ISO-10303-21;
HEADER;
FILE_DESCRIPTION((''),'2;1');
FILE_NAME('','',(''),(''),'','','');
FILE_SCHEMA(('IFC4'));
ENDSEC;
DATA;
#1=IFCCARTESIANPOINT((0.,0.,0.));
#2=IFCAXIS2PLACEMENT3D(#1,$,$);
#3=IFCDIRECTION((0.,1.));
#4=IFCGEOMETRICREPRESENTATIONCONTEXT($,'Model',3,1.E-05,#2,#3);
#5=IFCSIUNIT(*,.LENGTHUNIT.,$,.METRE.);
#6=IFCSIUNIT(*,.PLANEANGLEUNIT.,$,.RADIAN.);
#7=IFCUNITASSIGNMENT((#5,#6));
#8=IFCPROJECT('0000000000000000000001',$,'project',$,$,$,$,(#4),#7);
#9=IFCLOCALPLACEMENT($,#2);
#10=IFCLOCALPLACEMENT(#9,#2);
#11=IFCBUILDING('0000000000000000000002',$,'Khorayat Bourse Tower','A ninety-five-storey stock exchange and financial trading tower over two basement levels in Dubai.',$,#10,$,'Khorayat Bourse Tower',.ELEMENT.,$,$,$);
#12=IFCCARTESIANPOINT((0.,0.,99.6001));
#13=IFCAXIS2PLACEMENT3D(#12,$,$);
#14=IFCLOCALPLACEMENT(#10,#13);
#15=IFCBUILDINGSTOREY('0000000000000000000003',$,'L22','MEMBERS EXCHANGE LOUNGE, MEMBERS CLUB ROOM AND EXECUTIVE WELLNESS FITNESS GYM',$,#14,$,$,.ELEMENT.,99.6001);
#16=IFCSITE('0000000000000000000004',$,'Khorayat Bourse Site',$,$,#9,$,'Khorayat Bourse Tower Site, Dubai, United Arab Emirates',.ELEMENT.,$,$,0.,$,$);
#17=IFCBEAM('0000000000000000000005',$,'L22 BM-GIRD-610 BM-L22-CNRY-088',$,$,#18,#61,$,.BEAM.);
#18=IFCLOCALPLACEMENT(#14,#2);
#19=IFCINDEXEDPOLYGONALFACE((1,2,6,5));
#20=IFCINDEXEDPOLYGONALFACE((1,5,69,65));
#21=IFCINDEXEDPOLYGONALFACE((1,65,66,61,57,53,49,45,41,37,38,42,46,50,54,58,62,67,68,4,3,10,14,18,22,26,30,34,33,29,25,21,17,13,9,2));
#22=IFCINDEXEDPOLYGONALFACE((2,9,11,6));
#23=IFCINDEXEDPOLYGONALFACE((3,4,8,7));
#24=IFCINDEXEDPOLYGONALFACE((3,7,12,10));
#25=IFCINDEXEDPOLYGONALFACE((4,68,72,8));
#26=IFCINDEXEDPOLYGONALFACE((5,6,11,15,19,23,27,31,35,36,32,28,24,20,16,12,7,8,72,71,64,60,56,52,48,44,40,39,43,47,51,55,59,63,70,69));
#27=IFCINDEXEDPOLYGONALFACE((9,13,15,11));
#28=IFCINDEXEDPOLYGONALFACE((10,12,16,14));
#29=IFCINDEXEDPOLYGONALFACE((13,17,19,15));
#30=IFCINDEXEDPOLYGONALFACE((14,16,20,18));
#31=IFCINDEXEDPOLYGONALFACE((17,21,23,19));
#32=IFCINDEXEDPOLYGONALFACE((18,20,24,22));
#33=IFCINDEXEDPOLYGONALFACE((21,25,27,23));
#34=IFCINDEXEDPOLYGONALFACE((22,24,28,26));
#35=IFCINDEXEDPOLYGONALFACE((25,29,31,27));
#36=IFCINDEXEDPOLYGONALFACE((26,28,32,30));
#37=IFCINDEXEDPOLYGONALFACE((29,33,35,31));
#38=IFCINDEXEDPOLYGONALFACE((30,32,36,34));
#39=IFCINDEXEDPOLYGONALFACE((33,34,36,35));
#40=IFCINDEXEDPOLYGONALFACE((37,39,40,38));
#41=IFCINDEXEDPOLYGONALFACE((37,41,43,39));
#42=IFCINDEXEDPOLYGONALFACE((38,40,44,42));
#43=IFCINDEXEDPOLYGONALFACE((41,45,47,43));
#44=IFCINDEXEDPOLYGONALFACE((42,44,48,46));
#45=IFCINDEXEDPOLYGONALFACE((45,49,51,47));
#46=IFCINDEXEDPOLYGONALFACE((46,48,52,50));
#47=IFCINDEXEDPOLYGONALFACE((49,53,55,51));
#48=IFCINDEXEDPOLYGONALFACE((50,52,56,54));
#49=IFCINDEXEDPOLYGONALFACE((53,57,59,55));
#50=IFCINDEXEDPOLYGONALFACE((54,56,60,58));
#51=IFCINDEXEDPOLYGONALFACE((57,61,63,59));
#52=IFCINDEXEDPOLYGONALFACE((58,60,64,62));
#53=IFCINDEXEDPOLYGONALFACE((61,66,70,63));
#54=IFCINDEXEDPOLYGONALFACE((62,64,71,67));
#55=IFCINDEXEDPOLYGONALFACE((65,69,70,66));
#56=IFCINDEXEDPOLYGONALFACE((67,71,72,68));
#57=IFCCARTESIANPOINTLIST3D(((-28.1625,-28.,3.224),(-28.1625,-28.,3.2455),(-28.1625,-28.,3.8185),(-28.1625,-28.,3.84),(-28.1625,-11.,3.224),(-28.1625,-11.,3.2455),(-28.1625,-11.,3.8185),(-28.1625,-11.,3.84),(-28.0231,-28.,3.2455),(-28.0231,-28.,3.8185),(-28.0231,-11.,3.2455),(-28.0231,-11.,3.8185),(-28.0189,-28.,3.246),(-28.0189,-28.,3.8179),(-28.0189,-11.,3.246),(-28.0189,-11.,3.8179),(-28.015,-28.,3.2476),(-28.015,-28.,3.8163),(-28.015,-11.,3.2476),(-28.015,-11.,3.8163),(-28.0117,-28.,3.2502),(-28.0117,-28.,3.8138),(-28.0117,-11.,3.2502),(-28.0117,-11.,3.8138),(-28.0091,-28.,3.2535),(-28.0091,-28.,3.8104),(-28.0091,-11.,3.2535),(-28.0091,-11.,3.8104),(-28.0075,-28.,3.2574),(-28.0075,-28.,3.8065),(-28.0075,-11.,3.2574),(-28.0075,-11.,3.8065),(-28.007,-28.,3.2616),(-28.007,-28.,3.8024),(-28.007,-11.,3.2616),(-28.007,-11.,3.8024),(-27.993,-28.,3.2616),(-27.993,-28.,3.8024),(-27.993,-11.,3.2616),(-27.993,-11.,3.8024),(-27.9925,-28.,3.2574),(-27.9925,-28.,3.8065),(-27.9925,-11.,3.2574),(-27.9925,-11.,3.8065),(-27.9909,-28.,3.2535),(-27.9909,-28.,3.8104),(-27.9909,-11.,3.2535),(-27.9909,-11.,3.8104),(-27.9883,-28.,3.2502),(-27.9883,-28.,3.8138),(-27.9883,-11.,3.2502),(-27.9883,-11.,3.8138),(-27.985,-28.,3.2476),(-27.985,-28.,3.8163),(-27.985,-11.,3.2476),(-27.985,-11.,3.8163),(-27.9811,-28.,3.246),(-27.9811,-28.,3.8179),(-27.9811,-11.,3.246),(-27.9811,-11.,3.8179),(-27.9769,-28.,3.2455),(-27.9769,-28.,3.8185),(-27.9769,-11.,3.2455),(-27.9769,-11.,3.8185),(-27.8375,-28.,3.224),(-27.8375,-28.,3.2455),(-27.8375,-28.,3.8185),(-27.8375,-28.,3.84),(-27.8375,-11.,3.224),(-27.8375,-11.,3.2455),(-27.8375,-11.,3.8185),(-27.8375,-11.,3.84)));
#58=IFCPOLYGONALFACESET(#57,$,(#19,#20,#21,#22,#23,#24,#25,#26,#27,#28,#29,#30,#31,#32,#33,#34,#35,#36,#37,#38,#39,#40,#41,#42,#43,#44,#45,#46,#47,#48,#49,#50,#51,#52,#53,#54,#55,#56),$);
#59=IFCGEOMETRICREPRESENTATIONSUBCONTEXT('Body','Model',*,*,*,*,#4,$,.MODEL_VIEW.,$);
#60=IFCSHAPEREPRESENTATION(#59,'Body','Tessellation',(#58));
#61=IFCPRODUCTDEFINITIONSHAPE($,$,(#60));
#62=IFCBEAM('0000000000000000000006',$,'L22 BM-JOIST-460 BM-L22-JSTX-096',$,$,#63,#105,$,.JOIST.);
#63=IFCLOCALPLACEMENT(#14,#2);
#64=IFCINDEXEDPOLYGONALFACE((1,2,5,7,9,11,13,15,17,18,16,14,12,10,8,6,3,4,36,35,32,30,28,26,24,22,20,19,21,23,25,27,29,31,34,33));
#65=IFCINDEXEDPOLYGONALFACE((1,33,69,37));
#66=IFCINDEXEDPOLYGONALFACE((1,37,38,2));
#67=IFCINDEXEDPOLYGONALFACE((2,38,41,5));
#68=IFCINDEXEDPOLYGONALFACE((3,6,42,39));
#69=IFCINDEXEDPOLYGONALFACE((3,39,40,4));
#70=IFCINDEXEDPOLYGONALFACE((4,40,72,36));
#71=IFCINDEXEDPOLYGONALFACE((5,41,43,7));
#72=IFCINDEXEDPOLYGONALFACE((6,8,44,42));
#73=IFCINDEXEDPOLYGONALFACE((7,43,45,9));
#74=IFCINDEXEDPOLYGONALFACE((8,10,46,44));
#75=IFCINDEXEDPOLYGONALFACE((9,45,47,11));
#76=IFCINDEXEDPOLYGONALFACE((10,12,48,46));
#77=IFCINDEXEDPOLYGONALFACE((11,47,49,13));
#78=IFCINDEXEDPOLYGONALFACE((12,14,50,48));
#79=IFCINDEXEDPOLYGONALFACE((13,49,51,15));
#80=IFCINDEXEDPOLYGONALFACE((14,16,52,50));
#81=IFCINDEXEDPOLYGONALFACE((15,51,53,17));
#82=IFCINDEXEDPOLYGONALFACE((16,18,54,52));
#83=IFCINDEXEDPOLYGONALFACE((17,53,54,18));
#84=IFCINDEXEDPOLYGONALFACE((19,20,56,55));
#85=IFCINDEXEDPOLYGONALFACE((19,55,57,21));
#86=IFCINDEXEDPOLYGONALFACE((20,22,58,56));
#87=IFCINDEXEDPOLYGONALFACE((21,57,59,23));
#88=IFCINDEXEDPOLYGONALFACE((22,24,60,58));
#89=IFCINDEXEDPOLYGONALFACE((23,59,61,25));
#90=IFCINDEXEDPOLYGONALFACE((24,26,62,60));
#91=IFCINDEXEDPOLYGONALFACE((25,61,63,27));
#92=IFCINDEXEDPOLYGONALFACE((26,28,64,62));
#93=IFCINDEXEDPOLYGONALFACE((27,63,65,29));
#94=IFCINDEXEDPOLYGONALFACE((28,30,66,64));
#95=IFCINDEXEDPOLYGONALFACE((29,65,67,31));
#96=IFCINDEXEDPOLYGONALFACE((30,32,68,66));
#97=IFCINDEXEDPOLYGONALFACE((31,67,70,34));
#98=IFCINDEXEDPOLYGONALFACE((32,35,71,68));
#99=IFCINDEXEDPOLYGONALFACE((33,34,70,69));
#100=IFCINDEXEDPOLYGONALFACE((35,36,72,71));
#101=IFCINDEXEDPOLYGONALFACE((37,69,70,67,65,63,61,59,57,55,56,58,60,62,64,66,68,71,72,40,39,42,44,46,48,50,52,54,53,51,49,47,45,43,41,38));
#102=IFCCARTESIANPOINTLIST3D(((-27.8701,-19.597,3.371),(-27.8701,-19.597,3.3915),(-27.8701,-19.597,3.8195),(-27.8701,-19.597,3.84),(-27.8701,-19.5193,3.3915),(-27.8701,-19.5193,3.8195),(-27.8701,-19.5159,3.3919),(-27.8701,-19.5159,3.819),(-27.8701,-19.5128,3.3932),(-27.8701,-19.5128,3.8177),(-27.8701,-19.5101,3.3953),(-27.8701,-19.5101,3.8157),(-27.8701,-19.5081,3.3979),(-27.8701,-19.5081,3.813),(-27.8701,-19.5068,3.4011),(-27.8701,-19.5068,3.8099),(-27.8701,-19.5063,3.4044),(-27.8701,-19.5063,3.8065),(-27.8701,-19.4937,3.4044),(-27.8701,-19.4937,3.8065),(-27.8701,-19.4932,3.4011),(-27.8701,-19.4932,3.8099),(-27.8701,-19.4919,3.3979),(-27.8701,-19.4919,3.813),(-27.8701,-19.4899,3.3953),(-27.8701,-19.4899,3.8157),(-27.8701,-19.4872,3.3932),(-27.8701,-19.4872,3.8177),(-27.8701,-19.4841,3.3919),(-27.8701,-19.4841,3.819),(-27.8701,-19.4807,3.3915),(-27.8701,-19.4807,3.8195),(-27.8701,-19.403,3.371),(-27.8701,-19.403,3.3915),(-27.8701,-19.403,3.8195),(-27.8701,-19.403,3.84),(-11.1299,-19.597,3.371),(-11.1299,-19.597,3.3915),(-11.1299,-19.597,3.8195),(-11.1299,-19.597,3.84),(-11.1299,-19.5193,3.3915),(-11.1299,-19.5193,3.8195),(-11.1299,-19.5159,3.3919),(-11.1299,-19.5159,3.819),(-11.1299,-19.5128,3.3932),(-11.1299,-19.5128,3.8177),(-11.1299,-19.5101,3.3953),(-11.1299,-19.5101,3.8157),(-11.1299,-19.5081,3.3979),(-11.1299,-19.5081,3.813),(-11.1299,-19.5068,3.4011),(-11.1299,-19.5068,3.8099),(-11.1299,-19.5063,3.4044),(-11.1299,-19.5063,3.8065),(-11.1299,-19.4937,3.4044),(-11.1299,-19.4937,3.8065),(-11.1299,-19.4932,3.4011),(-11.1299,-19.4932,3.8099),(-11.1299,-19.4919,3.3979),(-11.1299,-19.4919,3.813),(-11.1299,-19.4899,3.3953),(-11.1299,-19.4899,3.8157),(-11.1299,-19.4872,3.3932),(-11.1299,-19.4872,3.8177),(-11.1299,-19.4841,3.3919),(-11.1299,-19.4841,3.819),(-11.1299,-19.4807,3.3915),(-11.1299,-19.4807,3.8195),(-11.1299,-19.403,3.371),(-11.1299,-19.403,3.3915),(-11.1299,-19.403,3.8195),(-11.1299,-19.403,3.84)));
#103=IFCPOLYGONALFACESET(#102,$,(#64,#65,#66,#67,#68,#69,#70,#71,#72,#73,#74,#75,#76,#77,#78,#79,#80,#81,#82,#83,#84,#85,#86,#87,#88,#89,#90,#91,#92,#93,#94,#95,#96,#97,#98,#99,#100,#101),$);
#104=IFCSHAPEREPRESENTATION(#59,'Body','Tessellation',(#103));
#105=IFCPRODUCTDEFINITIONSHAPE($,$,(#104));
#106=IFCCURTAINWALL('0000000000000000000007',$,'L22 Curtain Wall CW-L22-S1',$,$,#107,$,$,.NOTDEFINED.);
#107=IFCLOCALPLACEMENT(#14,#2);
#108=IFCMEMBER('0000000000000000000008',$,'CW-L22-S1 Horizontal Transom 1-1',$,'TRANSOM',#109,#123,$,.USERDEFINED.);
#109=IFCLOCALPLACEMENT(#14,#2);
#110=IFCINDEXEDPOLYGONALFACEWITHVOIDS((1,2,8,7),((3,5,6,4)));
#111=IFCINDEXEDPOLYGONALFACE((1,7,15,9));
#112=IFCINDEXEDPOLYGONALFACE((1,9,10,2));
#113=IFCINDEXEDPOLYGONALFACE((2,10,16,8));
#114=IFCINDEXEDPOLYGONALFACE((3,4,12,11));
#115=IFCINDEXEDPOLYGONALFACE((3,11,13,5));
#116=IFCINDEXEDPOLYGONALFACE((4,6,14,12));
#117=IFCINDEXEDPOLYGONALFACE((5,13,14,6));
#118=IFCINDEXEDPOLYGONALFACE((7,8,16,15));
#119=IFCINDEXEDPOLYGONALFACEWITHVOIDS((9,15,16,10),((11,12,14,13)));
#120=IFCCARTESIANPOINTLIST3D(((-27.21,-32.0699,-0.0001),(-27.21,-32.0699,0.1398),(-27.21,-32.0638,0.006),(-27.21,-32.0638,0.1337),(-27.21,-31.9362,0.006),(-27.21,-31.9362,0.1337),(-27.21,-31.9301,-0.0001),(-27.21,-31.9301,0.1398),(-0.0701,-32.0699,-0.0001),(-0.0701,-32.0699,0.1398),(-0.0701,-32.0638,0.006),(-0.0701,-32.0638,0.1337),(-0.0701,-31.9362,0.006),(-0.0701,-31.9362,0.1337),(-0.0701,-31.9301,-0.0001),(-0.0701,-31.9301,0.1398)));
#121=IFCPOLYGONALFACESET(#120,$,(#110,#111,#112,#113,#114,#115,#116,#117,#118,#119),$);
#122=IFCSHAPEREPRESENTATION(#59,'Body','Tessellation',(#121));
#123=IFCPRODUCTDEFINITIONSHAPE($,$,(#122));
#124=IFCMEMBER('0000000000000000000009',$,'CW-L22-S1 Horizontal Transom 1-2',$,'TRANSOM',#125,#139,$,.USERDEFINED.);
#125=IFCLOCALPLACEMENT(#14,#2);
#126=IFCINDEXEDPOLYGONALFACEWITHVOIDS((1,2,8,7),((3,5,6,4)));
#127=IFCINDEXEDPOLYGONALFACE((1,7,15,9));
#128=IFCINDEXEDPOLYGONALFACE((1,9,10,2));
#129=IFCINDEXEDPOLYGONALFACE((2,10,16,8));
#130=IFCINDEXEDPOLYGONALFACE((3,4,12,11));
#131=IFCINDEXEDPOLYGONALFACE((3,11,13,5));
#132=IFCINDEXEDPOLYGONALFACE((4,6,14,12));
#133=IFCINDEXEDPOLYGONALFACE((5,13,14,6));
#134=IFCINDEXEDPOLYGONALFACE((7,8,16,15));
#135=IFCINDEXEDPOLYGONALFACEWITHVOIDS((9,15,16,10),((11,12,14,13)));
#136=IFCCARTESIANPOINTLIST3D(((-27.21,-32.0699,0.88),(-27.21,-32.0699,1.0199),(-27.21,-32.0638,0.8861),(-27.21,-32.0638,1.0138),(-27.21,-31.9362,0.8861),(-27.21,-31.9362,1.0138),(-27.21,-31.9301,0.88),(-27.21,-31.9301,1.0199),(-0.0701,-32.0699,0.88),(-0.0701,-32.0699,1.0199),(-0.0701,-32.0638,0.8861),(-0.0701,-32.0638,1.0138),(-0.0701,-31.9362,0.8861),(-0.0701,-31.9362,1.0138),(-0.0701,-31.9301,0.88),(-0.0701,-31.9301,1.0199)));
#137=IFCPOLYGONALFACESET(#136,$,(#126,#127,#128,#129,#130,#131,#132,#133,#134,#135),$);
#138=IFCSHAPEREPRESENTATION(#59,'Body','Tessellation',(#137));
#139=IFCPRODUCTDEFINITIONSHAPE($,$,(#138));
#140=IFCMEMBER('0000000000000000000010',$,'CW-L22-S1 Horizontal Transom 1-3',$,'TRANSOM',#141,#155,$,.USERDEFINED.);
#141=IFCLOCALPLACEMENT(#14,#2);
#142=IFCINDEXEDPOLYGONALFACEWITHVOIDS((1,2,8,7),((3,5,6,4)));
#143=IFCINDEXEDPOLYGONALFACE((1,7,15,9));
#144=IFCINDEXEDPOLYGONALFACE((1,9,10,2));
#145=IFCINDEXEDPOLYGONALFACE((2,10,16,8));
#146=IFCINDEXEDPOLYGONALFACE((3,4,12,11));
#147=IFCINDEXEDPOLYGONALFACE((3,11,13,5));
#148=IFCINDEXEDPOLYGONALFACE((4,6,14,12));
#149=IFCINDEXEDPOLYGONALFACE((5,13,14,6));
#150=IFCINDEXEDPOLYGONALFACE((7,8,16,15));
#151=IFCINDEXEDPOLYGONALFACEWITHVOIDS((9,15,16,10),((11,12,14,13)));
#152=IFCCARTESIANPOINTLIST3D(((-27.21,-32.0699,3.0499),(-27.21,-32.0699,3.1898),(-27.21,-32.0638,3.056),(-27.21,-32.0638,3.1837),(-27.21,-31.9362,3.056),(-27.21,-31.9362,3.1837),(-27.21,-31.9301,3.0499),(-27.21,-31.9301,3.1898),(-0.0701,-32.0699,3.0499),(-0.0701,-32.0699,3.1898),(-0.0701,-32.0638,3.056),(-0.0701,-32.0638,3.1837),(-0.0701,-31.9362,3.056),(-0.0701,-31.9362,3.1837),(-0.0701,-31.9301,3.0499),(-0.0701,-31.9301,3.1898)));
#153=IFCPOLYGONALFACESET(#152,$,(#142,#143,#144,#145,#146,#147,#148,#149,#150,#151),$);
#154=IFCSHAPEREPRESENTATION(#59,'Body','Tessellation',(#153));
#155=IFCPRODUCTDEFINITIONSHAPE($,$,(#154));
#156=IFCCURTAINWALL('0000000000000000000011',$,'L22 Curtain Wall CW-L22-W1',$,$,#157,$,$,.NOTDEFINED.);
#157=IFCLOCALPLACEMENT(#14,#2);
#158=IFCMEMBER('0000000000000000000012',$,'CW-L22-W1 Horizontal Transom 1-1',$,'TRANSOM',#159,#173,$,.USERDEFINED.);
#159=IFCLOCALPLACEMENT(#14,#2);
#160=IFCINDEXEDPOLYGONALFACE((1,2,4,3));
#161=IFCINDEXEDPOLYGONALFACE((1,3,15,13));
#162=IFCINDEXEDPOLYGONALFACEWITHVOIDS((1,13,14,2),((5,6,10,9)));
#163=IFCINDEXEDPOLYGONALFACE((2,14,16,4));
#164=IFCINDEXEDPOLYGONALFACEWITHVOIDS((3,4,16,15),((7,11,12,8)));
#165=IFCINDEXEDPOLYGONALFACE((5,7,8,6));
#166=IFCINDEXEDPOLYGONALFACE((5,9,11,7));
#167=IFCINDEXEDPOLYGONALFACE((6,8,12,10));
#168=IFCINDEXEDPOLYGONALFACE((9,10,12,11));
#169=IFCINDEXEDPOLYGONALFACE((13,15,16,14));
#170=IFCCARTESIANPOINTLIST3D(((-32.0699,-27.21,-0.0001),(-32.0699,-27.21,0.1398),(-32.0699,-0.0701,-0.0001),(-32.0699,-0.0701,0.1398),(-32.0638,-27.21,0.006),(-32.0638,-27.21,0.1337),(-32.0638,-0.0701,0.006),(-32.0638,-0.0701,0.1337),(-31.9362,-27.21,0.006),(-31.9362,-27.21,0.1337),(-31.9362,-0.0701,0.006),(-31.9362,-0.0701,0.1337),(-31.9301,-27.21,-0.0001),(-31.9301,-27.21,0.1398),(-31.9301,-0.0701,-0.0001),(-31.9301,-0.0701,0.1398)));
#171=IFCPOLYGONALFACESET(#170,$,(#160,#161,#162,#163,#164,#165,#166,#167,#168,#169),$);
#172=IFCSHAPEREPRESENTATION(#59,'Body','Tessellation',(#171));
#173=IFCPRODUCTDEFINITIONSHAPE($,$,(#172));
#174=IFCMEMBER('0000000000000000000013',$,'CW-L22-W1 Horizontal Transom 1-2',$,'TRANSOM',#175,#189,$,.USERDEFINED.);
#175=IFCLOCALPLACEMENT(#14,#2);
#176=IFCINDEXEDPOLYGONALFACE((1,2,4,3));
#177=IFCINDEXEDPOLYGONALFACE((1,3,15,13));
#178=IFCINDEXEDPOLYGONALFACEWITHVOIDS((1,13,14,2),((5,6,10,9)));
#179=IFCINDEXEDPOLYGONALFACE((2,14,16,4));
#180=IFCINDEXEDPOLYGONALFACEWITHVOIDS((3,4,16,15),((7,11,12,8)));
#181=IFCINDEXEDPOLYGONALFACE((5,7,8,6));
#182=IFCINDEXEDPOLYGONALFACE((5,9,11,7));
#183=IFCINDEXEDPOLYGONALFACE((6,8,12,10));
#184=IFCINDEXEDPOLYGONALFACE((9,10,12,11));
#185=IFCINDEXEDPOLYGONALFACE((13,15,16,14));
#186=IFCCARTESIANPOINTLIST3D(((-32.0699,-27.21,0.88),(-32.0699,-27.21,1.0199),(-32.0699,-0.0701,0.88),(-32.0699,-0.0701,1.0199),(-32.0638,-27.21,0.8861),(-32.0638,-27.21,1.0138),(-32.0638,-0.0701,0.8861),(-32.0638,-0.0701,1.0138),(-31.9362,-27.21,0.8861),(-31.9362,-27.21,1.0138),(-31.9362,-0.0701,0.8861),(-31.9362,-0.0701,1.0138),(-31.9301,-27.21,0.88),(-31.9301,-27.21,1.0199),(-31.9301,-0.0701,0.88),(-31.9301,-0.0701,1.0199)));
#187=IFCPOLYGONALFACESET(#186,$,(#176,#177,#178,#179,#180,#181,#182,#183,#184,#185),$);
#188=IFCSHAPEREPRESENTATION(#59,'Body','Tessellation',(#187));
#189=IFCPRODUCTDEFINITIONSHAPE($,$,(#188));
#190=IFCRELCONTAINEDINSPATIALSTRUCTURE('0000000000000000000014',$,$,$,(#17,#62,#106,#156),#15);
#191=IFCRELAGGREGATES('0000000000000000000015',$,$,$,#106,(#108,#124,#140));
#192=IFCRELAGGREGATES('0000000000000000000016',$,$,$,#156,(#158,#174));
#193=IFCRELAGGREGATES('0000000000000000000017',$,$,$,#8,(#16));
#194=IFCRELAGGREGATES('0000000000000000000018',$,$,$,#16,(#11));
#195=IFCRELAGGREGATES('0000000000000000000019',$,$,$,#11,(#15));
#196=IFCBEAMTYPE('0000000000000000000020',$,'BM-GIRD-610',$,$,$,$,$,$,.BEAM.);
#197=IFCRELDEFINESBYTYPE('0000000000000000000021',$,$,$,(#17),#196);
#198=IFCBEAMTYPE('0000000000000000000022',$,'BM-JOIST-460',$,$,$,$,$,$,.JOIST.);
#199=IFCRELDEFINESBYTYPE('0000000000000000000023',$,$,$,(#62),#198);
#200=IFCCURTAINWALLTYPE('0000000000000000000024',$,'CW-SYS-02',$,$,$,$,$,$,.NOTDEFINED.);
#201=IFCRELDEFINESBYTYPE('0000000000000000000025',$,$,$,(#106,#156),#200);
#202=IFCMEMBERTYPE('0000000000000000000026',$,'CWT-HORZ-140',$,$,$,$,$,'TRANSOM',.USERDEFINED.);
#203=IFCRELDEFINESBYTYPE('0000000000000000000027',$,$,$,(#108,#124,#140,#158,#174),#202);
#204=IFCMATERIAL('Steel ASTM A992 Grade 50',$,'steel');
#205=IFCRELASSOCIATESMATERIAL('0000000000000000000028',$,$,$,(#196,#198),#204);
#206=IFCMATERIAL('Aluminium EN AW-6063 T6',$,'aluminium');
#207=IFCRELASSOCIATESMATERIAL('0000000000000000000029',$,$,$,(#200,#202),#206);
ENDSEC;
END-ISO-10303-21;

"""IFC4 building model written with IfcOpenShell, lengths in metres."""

from ifc_helpers import new_model, si_unit, direction, frame, origin, origin_2d, place, context, subcontext, project, spatial, hollow_rectangle, i_section, extrude, source, transform, mapped, material, material_profile, profile_set, type_object, element, aggregate, save


model = new_model("IFC4")

# Units and contexts
model_context = context("Model", 3, precision=1e-05, world=origin(), true_north=direction((0.0, 1.0)))
body_context = subcontext(model_context, "Body", "Model", "MODEL_VIEW")
ifc_project = project(units=[si_unit("LENGTHUNIT", "METRE"), si_unit("PLANEANGLEUNIT", "RADIAN")], contexts=[model_context])

# Site, building, storey
site_placement = place(None, origin())
site = spatial("IfcSite", under=ifc_project, at=site_placement, Name="Khorayat Bourse Site", LongName="Khorayat Bourse Tower Site, Dubai, United Arab Emirates", CompositionType="ELEMENT", RefElevation=0.0)
building_placement = place(site_placement, origin())
building = spatial("IfcBuilding", under=site, at=building_placement, Name="Khorayat Bourse Tower", Description="A ninety-five-storey stock exchange and financial trading tower over two basement levels in Dubai.", LongName="Khorayat Bourse Tower", CompositionType="ELEMENT")
storey_placement = place(building_placement, frame((0.0, 0.0, 99.6001)))
storey = spatial("IfcBuildingStorey", under=building, at=storey_placement, Name="L22", Description="MEMBERS EXCHANGE LOUNGE, MEMBERS CLUB ROOM AND EXECUTIVE WELLNESS FITNESS GYM", CompositionType="ELEMENT", Elevation=99.6001)

# Beams
ifc_material_1 = material(Name="Steel ASTM A992 Grade 50", Category="steel")
ifc_material_profile_1 = material_profile(ifc_material_1, i_section(OverallWidth=0.325, OverallDepth=0.616, WebThickness=0.0139, FlangeThickness=0.0215, FilletRadius=0.0161, at=origin_2d()), Name="W610X174")
ifc_profile_set_1 = profile_set([ifc_material_profile_1], Name="Steel ASTM A992 Grade 50")
beam_type_1 = type_object("IfcBeamType", Name="BM-GIRD-610", PredefinedType="BEAM", material=ifc_profile_set_1)
shared_shape_1 = source(origin(), body_context, "Body", "SweptSolid", [
    extrude(i_section(OverallWidth=0.325, OverallDepth=0.616, WebThickness=0.0139, FlangeThickness=0.0215, FilletRadius=0.0161, at=origin_2d()), origin(), (0.0, 0.0, 1.0), 17.0),
])
beam_1_placement = place(storey_placement, frame((-28.0, -28.0, 3.532), z_axis=(0.0, 1.0, 0.0), x_axis=(-1.0, 0.0, 0.0)))
element("IfcBeam", 1, at=beam_1_placement, inside=storey, type_object=beam_type_1, Name="L22 BM-GIRD-610 BM-L22-CNRY-088", PredefinedType="BEAM", context=body_context, shape_type="MappedRepresentation", body=[
    mapped(shared_shape_1, transform((0.0, 0.0, 0.0), scale=1.0)),
])
ifc_material_profile_2 = material_profile(ifc_material_1, i_section(OverallWidth=0.1941, OverallDepth=0.469, WebThickness=0.0127, FlangeThickness=0.0205, FilletRadius=0.0129, at=origin_2d()), Name="W460X106")
ifc_profile_set_2 = profile_set([ifc_material_profile_2], Name="Steel ASTM A992 Grade 50")
beam_type_2 = type_object("IfcBeamType", Name="BM-JOIST-460", PredefinedType="JOIST", material=ifc_profile_set_2)
shared_shape_2 = source(origin(), body_context, "Body", "SweptSolid", [
    extrude(i_section(OverallWidth=0.1941, OverallDepth=0.469, WebThickness=0.0127, FlangeThickness=0.0205, FilletRadius=0.0129, at=origin_2d()), origin(), (0.0, 0.0, 1.0), 16.7402),
])
beam_2_placement = place(storey_placement, frame((-27.8701, -19.5, 3.6055), z_axis=(1.0, 0.0, 0.0), x_axis=(0.0, 1.0, 0.0)))
element("IfcBeam", 2, at=beam_2_placement, inside=storey, type_object=beam_type_2, Name="L22 BM-JOIST-460 BM-L22-JSTX-096", PredefinedType="JOIST", context=body_context, shape_type="MappedRepresentation", body=[
    mapped(shared_shape_2, transform((0.0, 0.0, 0.0), scale=1.0)),
])

# Curtain walls, members
ifc_material_2 = material(Name="Aluminium EN AW-6063 T6", Category="aluminium")
curtain_wall_type = type_object("IfcCurtainWallType", Name="CW-SYS-02", PredefinedType="NOTDEFINED", material=ifc_material_2)
curtain_wall_1_placement = place(storey_placement, origin())
curtain_wall_1 = element("IfcCurtainWall", 3, at=curtain_wall_1_placement, inside=storey, type_object=curtain_wall_type, Name="L22 Curtain Wall CW-L22-S1", PredefinedType="NOTDEFINED")
ifc_material_profile_3 = material_profile(ifc_material_2, hollow_rectangle(XDim=0.1399, YDim=0.1399, WallThickness=0.0061, at=origin_2d()), Name="ALU 140x140x6")
ifc_profile_set_3 = profile_set([ifc_material_profile_3], Name="Aluminium EN AW-6063 T6")
member_type_1 = type_object("IfcMemberType", Name="CWT-HORZ-140", ElementType="TRANSOM", PredefinedType="USERDEFINED", material=ifc_profile_set_3)
shared_shape_3 = source(origin(), body_context, "Body", "SweptSolid", [
    extrude(hollow_rectangle(XDim=0.1399, YDim=0.1399, WallThickness=0.0061, at=origin_2d()), origin(), (0.0, 0.0, 1.0), 27.1399),
])
member_1_placement = place(storey_placement, frame((-27.21, -32.0, 0.0698), z_axis=(1.0, 0.0, 0.0), x_axis=(0.0, 1.0, 0.0)))
member_1 = element("IfcMember", 4, at=member_1_placement, type_object=member_type_1, Name="CW-L22-S1 Horizontal Transom 1-1", ObjectType="TRANSOM", PredefinedType="USERDEFINED", context=body_context, shape_type="MappedRepresentation", body=[
    mapped(shared_shape_3, transform((0.0, 0.0, 0.0), scale=1.0)),
])
member_2_placement = place(storey_placement, frame((-27.21, -32.0, 0.95), z_axis=(1.0, 0.0, 0.0), x_axis=(0.0, 1.0, 0.0)))
member_2 = element("IfcMember", 5, at=member_2_placement, type_object=member_type_1, Name="CW-L22-S1 Horizontal Transom 1-2", ObjectType="TRANSOM", PredefinedType="USERDEFINED", context=body_context, shape_type="MappedRepresentation", body=[
    mapped(shared_shape_3, transform((0.0, 0.0, 0.0), scale=1.0)),
])
member_3_placement = place(storey_placement, frame((-27.21, -32.0, 3.1199), z_axis=(1.0, 0.0, 0.0), x_axis=(0.0, 1.0, 0.0)))
member_3 = element("IfcMember", 6, at=member_3_placement, type_object=member_type_1, Name="CW-L22-S1 Horizontal Transom 1-3", ObjectType="TRANSOM", PredefinedType="USERDEFINED", context=body_context, shape_type="MappedRepresentation", body=[
    mapped(shared_shape_3, transform((0.0, 0.0, 0.0), scale=1.0)),
])
curtain_wall_2_placement = place(storey_placement, origin())
curtain_wall_2 = element("IfcCurtainWall", 7, at=curtain_wall_2_placement, inside=storey, type_object=curtain_wall_type, Name="L22 Curtain Wall CW-L22-W1", PredefinedType="NOTDEFINED")
member_4_placement = place(storey_placement, frame((-32.0, -27.21, 0.0698), z_axis=(0.0, 1.0, 0.0), x_axis=(-1.0, 0.0, 0.0)))
member_4 = element("IfcMember", 8, at=member_4_placement, type_object=member_type_1, Name="CW-L22-W1 Horizontal Transom 1-1", ObjectType="TRANSOM", PredefinedType="USERDEFINED", context=body_context, shape_type="MappedRepresentation", body=[
    mapped(shared_shape_3, transform((0.0, 0.0, 0.0), scale=1.0)),
])
member_5_placement = place(storey_placement, frame((-32.0, -27.21, 0.95), z_axis=(0.0, 1.0, 0.0), x_axis=(-1.0, 0.0, 0.0)))
member_5 = element("IfcMember", 9, at=member_5_placement, type_object=member_type_1, Name="CW-L22-W1 Horizontal Transom 1-2", ObjectType="TRANSOM", PredefinedType="USERDEFINED", context=body_context, shape_type="MappedRepresentation", body=[
    mapped(shared_shape_3, transform((0.0, 0.0, 0.0), scale=1.0)),
])

aggregate(curtain_wall_1, [member_1, member_2, member_3])
aggregate(curtain_wall_2, [member_4, member_5])

save(model, "model.ifc")
